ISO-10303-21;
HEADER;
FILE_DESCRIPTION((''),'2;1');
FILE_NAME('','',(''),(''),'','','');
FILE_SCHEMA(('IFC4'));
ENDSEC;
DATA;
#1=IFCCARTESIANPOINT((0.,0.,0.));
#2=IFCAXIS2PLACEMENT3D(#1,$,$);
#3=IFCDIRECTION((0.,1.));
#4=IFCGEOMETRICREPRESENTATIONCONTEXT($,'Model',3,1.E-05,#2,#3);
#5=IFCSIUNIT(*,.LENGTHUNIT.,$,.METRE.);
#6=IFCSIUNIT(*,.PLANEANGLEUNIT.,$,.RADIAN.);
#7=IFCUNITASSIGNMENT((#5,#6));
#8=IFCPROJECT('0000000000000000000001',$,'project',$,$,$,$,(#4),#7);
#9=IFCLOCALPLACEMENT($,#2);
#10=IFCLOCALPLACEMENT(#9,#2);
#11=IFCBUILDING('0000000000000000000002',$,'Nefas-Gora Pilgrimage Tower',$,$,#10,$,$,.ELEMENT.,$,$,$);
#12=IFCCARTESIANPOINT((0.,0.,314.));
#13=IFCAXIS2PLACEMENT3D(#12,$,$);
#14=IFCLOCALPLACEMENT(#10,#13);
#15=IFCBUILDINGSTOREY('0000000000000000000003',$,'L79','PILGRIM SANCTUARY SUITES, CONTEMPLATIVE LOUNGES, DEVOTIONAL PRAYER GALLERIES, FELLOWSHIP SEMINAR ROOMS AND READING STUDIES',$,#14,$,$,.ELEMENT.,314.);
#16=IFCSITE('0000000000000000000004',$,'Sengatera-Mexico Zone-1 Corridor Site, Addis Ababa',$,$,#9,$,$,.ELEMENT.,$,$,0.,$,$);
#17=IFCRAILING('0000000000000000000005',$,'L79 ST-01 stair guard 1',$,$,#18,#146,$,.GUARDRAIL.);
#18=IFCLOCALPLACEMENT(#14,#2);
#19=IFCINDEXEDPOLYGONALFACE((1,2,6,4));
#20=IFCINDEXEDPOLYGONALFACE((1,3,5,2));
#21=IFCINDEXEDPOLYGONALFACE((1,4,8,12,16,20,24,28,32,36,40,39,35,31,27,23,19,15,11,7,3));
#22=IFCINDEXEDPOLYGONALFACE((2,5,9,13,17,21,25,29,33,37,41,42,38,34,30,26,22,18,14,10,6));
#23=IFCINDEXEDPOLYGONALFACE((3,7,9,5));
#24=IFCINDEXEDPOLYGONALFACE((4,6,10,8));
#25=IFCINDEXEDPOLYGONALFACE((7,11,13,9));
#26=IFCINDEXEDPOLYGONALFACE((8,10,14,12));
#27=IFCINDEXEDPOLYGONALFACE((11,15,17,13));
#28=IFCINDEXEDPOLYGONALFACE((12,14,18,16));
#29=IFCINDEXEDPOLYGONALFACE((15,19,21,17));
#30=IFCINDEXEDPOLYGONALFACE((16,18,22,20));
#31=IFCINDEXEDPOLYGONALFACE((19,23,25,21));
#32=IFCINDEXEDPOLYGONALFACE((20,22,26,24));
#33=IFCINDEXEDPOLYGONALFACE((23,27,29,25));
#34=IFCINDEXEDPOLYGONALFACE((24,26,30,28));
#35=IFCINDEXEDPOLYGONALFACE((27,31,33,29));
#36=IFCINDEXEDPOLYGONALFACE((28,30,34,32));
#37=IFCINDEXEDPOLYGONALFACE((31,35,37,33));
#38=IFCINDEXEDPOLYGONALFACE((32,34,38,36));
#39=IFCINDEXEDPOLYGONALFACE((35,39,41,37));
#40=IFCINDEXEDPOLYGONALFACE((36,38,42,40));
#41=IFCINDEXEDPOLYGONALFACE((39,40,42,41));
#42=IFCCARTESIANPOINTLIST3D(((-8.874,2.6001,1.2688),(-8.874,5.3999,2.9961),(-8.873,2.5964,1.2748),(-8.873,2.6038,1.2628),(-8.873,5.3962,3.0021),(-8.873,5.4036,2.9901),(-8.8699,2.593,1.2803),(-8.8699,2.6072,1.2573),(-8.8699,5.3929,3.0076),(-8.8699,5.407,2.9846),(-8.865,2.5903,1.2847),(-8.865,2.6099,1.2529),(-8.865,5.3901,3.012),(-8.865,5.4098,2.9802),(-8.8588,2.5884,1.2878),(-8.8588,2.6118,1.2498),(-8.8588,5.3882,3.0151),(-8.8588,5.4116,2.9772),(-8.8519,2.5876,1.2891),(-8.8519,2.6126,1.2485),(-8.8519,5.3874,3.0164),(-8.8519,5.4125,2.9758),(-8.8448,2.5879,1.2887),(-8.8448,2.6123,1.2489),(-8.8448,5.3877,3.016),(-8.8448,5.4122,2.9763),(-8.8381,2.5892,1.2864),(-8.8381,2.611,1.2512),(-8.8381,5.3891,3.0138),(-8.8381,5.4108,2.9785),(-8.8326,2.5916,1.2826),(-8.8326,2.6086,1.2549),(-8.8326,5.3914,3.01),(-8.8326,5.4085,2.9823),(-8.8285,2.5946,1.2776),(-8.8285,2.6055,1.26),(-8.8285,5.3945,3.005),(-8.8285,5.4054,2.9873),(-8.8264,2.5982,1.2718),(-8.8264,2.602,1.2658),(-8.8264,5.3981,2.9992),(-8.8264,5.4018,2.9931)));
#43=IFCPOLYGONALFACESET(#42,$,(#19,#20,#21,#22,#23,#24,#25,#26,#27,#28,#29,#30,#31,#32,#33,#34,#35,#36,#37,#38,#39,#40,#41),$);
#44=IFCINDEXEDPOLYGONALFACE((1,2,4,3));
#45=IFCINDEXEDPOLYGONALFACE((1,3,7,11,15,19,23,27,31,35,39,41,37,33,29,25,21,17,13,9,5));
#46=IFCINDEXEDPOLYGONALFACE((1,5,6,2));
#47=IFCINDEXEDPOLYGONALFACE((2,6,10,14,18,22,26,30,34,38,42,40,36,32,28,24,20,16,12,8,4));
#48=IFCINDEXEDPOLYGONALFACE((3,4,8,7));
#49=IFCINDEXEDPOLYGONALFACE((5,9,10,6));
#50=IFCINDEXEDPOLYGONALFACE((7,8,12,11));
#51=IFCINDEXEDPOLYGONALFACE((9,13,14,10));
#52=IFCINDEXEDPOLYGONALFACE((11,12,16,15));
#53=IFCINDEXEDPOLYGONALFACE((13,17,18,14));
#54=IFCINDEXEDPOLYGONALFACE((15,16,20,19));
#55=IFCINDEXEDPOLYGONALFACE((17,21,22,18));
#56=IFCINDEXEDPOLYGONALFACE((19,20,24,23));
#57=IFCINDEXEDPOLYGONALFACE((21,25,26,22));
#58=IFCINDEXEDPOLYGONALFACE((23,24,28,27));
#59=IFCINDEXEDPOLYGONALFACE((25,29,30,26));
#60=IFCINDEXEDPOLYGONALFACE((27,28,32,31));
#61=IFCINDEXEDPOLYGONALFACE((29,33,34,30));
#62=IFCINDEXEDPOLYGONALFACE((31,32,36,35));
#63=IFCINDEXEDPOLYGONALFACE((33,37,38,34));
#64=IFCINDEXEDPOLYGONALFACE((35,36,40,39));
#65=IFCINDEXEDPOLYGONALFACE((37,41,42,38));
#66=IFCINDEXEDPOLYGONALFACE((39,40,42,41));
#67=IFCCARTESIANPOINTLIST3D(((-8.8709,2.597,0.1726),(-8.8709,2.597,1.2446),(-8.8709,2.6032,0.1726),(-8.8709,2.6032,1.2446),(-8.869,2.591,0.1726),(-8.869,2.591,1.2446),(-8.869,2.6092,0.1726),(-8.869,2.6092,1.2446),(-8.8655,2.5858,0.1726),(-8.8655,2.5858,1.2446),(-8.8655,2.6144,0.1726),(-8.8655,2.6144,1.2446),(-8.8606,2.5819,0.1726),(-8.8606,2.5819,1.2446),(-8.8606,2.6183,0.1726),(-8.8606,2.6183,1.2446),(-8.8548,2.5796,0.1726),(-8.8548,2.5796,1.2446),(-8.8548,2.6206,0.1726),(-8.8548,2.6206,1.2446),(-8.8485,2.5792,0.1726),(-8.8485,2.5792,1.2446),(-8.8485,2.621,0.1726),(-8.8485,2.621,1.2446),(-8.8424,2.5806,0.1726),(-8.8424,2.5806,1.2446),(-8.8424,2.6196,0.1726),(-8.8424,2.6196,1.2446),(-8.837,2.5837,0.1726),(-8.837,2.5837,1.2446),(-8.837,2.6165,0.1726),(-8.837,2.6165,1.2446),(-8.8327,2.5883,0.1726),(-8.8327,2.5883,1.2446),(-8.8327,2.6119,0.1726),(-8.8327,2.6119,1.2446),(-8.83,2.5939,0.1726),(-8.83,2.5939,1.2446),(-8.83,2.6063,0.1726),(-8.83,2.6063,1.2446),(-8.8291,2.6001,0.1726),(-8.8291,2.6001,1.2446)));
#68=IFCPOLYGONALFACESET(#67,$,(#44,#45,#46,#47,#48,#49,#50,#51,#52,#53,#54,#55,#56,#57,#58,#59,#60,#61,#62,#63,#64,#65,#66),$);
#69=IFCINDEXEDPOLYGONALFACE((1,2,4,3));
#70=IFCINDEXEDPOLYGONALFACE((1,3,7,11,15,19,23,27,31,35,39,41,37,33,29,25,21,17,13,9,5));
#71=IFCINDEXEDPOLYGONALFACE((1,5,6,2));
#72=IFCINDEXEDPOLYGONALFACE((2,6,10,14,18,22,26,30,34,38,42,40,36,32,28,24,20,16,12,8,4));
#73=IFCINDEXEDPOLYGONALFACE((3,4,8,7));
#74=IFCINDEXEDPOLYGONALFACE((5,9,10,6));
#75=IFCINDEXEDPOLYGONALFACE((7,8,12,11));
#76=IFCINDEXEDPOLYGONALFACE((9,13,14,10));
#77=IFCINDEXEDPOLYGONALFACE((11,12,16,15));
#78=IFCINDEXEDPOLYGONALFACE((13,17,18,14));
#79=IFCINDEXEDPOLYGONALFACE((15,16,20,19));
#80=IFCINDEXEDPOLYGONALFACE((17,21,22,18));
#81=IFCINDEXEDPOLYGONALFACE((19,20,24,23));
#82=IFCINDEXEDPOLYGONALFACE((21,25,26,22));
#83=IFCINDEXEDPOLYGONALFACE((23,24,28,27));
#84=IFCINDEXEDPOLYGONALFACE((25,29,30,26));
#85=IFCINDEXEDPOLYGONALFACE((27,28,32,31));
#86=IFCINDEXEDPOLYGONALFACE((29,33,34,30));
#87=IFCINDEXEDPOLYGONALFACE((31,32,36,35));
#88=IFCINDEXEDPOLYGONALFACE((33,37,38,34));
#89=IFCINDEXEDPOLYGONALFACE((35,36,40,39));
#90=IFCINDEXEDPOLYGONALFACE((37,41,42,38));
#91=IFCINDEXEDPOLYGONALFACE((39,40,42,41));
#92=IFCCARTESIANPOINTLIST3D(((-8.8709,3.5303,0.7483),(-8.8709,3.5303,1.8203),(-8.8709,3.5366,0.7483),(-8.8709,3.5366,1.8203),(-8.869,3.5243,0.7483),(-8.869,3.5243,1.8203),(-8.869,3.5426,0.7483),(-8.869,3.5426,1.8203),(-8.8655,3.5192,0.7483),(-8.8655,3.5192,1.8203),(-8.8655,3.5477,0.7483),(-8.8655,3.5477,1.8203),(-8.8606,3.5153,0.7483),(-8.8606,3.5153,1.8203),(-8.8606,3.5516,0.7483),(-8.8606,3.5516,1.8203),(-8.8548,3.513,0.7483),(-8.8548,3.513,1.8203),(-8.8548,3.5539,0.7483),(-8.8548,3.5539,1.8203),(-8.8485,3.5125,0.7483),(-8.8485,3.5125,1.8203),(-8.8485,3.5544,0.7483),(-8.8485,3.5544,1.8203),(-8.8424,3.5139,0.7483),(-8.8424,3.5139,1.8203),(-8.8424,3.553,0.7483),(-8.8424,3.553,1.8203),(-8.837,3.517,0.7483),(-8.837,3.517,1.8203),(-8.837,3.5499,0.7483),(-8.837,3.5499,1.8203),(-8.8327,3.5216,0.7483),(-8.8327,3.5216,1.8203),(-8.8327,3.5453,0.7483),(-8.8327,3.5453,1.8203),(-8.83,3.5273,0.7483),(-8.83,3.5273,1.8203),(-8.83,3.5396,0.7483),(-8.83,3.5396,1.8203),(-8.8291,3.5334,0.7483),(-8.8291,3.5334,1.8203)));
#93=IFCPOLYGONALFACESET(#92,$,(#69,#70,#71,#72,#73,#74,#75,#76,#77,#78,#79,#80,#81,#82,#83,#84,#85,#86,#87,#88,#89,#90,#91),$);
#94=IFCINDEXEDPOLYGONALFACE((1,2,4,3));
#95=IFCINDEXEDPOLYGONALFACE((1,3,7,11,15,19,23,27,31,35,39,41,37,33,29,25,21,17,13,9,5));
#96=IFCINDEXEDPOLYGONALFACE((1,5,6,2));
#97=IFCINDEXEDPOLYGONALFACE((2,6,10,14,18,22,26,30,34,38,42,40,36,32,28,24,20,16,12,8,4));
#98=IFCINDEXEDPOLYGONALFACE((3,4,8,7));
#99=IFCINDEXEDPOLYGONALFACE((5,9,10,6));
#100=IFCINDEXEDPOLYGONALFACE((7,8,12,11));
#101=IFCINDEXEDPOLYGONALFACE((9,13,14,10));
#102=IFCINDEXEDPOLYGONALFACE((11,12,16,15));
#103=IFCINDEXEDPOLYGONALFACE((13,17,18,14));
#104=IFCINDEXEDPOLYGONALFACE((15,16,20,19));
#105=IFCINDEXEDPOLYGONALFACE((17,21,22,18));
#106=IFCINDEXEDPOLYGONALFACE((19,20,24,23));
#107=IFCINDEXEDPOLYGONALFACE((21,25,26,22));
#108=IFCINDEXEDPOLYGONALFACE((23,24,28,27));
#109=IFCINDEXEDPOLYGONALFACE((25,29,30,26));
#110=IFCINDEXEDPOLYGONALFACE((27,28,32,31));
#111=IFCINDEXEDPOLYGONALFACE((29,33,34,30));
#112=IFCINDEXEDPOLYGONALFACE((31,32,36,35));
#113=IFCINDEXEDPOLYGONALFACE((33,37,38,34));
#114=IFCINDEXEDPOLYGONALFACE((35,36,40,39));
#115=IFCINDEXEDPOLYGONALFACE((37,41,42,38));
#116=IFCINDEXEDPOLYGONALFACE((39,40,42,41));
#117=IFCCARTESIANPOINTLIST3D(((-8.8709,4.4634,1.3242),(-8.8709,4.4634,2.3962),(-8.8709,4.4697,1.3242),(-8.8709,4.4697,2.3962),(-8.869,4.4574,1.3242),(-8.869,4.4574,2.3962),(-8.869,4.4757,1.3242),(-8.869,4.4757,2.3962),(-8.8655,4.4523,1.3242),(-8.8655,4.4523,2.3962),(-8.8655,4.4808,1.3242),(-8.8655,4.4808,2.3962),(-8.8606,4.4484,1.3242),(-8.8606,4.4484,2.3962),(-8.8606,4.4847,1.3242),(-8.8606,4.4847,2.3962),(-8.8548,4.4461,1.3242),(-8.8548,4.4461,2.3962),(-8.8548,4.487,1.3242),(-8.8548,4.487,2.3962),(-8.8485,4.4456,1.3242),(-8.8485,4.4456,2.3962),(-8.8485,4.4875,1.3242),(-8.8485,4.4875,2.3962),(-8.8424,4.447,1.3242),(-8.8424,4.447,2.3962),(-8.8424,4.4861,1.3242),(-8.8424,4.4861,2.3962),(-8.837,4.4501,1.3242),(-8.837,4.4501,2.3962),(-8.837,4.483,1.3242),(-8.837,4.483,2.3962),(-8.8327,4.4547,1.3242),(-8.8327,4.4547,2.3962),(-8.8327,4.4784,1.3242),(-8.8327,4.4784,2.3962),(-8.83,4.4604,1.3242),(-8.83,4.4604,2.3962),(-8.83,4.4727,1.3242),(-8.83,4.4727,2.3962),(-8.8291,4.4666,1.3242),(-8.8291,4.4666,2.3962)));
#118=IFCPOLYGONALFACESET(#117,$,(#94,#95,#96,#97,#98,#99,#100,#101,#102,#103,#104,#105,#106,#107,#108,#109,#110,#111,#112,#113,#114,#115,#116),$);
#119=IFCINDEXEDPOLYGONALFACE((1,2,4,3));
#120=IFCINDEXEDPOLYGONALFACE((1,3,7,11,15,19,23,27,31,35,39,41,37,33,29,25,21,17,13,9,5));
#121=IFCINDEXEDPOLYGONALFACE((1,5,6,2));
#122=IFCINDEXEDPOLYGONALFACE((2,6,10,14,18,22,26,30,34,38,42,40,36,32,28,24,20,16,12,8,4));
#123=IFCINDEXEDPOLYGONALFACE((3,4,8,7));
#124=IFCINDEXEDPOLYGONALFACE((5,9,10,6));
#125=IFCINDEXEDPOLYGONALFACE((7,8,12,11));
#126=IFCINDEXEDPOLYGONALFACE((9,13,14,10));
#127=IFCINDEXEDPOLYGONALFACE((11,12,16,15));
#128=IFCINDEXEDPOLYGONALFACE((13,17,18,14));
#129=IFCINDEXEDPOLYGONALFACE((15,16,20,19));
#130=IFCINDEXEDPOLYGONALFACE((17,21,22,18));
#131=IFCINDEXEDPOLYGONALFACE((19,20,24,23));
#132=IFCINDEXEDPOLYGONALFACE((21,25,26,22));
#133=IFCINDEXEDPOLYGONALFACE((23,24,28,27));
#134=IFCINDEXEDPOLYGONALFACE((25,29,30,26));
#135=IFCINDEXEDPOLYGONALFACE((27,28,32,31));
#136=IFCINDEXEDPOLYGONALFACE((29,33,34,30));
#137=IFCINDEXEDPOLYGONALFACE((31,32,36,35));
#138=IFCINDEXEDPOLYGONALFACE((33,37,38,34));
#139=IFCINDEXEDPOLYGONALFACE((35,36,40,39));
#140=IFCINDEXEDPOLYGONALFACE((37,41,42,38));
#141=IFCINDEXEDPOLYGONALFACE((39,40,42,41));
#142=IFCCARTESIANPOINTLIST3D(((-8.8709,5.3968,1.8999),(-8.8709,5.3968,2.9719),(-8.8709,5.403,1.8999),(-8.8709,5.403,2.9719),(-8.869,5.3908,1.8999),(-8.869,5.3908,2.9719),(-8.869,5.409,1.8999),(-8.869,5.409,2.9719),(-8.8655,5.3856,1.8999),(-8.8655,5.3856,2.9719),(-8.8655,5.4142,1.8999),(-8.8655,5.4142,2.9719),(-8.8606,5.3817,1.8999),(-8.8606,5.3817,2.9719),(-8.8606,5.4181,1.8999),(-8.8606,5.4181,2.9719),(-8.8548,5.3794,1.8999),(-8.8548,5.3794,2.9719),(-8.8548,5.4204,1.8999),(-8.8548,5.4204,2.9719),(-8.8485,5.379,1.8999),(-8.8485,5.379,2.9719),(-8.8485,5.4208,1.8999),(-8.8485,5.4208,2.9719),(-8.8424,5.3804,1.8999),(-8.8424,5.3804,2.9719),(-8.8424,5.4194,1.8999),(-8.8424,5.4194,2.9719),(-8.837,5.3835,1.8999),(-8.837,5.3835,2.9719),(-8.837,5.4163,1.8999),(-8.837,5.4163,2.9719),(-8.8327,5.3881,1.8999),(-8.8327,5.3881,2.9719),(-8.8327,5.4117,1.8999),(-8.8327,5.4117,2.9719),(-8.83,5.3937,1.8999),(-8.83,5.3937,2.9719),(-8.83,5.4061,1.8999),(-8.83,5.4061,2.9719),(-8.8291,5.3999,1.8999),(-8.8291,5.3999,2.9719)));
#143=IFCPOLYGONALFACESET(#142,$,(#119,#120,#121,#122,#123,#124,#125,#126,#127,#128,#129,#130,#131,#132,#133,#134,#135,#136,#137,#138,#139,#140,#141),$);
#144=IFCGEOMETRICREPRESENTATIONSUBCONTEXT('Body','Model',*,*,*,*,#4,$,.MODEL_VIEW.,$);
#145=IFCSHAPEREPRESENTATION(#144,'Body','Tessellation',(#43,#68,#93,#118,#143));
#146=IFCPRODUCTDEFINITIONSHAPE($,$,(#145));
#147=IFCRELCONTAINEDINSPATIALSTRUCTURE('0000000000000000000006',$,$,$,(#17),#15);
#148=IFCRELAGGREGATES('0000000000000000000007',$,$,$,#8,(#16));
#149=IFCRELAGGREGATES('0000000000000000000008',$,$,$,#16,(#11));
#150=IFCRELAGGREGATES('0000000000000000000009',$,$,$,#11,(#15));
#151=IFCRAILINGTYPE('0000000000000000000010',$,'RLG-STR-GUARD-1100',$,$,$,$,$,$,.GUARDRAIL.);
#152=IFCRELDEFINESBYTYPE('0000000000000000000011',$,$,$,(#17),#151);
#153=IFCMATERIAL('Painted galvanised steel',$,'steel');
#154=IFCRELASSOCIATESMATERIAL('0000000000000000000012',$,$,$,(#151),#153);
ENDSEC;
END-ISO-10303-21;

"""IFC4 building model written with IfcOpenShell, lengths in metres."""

from ifc_helpers import new_model, si_unit, direction, frame, origin, origin_2d, place, context, subcontext, project, spatial, circle, extrude, material, type_object, element, save


model = new_model("IFC4")

# Units and contexts
model_context = context("Model", 3, precision=1e-05, world=origin(), true_north=direction((0.0, 1.0)))
body_context = subcontext(model_context, "Body", "Model", "MODEL_VIEW")
ifc_project = project(units=[si_unit("LENGTHUNIT", "METRE"), si_unit("PLANEANGLEUNIT", "RADIAN")], contexts=[model_context])

# Site, building, storey
site_placement = place(None, origin())
site = spatial("IfcSite", under=ifc_project, at=site_placement, Name="Sengatera-Mexico Zone-1 Corridor Site, Addis Ababa", CompositionType="ELEMENT", RefElevation=0.0)
building_placement = place(site_placement, origin())
building = spatial("IfcBuilding", under=site, at=building_placement, Name="Nefas-Gora Pilgrimage Tower", CompositionType="ELEMENT")
storey_placement = place(building_placement, frame((0.0, 0.0, 314.0)))
storey = spatial("IfcBuildingStorey", under=building, at=storey_placement, Name="L79", Description="PILGRIM SANCTUARY SUITES, CONTEMPLATIVE LOUNGES, DEVOTIONAL PRAYER GALLERIES, FELLOWSHIP SEMINAR ROOMS AND READING STUDIES", CompositionType="ELEMENT", Elevation=314.0)

# Railing
ifc_material_1 = material(Name="Painted galvanised steel", Category="steel")
railing_type_1 = type_object("IfcRailingType", Name="RLG-STR-GUARD-1100", PredefinedType="GUARDRAIL", material=ifc_material_1)
railing_1_placement = place(storey_placement, frame((-8.8501, 2.6001, 0.1726)))
element("IfcRailing", 1, at=railing_1_placement, inside=storey, type_object=railing_type_1, Name="L79 ST-01 stair guard 1", PredefinedType="GUARDRAIL", context=body_context, shape_type="SweptSolid", body=[
    extrude(circle(Radius=0.0239, at=origin_2d()), frame((0.0, 0.0, 1.0962), z_axis=(0.0, 0.851069, 0.525054), x_axis=(-1.0, 0.0, 0.0)), (0.0, 0.0, 1.0), 3.2898),
    extrude(circle(Radius=0.021, at=origin_2d()), origin(), (0.0, 0.0, 1.0), 1.072),
    extrude(circle(Radius=0.021, at=origin_2d()), frame((0.0, 0.9333, 0.5757)), (0.0, 0.0, 1.0), 1.072),
    extrude(circle(Radius=0.021, at=origin_2d()), frame((0.0, 1.8665, 1.1516)), (0.0, 0.0, 1.0), 1.072),
    extrude(circle(Radius=0.021, at=origin_2d()), frame((0.0, 2.7998, 1.7273)), (0.0, 0.0, 1.0), 1.072),
])

save(model, "model.ifc")
